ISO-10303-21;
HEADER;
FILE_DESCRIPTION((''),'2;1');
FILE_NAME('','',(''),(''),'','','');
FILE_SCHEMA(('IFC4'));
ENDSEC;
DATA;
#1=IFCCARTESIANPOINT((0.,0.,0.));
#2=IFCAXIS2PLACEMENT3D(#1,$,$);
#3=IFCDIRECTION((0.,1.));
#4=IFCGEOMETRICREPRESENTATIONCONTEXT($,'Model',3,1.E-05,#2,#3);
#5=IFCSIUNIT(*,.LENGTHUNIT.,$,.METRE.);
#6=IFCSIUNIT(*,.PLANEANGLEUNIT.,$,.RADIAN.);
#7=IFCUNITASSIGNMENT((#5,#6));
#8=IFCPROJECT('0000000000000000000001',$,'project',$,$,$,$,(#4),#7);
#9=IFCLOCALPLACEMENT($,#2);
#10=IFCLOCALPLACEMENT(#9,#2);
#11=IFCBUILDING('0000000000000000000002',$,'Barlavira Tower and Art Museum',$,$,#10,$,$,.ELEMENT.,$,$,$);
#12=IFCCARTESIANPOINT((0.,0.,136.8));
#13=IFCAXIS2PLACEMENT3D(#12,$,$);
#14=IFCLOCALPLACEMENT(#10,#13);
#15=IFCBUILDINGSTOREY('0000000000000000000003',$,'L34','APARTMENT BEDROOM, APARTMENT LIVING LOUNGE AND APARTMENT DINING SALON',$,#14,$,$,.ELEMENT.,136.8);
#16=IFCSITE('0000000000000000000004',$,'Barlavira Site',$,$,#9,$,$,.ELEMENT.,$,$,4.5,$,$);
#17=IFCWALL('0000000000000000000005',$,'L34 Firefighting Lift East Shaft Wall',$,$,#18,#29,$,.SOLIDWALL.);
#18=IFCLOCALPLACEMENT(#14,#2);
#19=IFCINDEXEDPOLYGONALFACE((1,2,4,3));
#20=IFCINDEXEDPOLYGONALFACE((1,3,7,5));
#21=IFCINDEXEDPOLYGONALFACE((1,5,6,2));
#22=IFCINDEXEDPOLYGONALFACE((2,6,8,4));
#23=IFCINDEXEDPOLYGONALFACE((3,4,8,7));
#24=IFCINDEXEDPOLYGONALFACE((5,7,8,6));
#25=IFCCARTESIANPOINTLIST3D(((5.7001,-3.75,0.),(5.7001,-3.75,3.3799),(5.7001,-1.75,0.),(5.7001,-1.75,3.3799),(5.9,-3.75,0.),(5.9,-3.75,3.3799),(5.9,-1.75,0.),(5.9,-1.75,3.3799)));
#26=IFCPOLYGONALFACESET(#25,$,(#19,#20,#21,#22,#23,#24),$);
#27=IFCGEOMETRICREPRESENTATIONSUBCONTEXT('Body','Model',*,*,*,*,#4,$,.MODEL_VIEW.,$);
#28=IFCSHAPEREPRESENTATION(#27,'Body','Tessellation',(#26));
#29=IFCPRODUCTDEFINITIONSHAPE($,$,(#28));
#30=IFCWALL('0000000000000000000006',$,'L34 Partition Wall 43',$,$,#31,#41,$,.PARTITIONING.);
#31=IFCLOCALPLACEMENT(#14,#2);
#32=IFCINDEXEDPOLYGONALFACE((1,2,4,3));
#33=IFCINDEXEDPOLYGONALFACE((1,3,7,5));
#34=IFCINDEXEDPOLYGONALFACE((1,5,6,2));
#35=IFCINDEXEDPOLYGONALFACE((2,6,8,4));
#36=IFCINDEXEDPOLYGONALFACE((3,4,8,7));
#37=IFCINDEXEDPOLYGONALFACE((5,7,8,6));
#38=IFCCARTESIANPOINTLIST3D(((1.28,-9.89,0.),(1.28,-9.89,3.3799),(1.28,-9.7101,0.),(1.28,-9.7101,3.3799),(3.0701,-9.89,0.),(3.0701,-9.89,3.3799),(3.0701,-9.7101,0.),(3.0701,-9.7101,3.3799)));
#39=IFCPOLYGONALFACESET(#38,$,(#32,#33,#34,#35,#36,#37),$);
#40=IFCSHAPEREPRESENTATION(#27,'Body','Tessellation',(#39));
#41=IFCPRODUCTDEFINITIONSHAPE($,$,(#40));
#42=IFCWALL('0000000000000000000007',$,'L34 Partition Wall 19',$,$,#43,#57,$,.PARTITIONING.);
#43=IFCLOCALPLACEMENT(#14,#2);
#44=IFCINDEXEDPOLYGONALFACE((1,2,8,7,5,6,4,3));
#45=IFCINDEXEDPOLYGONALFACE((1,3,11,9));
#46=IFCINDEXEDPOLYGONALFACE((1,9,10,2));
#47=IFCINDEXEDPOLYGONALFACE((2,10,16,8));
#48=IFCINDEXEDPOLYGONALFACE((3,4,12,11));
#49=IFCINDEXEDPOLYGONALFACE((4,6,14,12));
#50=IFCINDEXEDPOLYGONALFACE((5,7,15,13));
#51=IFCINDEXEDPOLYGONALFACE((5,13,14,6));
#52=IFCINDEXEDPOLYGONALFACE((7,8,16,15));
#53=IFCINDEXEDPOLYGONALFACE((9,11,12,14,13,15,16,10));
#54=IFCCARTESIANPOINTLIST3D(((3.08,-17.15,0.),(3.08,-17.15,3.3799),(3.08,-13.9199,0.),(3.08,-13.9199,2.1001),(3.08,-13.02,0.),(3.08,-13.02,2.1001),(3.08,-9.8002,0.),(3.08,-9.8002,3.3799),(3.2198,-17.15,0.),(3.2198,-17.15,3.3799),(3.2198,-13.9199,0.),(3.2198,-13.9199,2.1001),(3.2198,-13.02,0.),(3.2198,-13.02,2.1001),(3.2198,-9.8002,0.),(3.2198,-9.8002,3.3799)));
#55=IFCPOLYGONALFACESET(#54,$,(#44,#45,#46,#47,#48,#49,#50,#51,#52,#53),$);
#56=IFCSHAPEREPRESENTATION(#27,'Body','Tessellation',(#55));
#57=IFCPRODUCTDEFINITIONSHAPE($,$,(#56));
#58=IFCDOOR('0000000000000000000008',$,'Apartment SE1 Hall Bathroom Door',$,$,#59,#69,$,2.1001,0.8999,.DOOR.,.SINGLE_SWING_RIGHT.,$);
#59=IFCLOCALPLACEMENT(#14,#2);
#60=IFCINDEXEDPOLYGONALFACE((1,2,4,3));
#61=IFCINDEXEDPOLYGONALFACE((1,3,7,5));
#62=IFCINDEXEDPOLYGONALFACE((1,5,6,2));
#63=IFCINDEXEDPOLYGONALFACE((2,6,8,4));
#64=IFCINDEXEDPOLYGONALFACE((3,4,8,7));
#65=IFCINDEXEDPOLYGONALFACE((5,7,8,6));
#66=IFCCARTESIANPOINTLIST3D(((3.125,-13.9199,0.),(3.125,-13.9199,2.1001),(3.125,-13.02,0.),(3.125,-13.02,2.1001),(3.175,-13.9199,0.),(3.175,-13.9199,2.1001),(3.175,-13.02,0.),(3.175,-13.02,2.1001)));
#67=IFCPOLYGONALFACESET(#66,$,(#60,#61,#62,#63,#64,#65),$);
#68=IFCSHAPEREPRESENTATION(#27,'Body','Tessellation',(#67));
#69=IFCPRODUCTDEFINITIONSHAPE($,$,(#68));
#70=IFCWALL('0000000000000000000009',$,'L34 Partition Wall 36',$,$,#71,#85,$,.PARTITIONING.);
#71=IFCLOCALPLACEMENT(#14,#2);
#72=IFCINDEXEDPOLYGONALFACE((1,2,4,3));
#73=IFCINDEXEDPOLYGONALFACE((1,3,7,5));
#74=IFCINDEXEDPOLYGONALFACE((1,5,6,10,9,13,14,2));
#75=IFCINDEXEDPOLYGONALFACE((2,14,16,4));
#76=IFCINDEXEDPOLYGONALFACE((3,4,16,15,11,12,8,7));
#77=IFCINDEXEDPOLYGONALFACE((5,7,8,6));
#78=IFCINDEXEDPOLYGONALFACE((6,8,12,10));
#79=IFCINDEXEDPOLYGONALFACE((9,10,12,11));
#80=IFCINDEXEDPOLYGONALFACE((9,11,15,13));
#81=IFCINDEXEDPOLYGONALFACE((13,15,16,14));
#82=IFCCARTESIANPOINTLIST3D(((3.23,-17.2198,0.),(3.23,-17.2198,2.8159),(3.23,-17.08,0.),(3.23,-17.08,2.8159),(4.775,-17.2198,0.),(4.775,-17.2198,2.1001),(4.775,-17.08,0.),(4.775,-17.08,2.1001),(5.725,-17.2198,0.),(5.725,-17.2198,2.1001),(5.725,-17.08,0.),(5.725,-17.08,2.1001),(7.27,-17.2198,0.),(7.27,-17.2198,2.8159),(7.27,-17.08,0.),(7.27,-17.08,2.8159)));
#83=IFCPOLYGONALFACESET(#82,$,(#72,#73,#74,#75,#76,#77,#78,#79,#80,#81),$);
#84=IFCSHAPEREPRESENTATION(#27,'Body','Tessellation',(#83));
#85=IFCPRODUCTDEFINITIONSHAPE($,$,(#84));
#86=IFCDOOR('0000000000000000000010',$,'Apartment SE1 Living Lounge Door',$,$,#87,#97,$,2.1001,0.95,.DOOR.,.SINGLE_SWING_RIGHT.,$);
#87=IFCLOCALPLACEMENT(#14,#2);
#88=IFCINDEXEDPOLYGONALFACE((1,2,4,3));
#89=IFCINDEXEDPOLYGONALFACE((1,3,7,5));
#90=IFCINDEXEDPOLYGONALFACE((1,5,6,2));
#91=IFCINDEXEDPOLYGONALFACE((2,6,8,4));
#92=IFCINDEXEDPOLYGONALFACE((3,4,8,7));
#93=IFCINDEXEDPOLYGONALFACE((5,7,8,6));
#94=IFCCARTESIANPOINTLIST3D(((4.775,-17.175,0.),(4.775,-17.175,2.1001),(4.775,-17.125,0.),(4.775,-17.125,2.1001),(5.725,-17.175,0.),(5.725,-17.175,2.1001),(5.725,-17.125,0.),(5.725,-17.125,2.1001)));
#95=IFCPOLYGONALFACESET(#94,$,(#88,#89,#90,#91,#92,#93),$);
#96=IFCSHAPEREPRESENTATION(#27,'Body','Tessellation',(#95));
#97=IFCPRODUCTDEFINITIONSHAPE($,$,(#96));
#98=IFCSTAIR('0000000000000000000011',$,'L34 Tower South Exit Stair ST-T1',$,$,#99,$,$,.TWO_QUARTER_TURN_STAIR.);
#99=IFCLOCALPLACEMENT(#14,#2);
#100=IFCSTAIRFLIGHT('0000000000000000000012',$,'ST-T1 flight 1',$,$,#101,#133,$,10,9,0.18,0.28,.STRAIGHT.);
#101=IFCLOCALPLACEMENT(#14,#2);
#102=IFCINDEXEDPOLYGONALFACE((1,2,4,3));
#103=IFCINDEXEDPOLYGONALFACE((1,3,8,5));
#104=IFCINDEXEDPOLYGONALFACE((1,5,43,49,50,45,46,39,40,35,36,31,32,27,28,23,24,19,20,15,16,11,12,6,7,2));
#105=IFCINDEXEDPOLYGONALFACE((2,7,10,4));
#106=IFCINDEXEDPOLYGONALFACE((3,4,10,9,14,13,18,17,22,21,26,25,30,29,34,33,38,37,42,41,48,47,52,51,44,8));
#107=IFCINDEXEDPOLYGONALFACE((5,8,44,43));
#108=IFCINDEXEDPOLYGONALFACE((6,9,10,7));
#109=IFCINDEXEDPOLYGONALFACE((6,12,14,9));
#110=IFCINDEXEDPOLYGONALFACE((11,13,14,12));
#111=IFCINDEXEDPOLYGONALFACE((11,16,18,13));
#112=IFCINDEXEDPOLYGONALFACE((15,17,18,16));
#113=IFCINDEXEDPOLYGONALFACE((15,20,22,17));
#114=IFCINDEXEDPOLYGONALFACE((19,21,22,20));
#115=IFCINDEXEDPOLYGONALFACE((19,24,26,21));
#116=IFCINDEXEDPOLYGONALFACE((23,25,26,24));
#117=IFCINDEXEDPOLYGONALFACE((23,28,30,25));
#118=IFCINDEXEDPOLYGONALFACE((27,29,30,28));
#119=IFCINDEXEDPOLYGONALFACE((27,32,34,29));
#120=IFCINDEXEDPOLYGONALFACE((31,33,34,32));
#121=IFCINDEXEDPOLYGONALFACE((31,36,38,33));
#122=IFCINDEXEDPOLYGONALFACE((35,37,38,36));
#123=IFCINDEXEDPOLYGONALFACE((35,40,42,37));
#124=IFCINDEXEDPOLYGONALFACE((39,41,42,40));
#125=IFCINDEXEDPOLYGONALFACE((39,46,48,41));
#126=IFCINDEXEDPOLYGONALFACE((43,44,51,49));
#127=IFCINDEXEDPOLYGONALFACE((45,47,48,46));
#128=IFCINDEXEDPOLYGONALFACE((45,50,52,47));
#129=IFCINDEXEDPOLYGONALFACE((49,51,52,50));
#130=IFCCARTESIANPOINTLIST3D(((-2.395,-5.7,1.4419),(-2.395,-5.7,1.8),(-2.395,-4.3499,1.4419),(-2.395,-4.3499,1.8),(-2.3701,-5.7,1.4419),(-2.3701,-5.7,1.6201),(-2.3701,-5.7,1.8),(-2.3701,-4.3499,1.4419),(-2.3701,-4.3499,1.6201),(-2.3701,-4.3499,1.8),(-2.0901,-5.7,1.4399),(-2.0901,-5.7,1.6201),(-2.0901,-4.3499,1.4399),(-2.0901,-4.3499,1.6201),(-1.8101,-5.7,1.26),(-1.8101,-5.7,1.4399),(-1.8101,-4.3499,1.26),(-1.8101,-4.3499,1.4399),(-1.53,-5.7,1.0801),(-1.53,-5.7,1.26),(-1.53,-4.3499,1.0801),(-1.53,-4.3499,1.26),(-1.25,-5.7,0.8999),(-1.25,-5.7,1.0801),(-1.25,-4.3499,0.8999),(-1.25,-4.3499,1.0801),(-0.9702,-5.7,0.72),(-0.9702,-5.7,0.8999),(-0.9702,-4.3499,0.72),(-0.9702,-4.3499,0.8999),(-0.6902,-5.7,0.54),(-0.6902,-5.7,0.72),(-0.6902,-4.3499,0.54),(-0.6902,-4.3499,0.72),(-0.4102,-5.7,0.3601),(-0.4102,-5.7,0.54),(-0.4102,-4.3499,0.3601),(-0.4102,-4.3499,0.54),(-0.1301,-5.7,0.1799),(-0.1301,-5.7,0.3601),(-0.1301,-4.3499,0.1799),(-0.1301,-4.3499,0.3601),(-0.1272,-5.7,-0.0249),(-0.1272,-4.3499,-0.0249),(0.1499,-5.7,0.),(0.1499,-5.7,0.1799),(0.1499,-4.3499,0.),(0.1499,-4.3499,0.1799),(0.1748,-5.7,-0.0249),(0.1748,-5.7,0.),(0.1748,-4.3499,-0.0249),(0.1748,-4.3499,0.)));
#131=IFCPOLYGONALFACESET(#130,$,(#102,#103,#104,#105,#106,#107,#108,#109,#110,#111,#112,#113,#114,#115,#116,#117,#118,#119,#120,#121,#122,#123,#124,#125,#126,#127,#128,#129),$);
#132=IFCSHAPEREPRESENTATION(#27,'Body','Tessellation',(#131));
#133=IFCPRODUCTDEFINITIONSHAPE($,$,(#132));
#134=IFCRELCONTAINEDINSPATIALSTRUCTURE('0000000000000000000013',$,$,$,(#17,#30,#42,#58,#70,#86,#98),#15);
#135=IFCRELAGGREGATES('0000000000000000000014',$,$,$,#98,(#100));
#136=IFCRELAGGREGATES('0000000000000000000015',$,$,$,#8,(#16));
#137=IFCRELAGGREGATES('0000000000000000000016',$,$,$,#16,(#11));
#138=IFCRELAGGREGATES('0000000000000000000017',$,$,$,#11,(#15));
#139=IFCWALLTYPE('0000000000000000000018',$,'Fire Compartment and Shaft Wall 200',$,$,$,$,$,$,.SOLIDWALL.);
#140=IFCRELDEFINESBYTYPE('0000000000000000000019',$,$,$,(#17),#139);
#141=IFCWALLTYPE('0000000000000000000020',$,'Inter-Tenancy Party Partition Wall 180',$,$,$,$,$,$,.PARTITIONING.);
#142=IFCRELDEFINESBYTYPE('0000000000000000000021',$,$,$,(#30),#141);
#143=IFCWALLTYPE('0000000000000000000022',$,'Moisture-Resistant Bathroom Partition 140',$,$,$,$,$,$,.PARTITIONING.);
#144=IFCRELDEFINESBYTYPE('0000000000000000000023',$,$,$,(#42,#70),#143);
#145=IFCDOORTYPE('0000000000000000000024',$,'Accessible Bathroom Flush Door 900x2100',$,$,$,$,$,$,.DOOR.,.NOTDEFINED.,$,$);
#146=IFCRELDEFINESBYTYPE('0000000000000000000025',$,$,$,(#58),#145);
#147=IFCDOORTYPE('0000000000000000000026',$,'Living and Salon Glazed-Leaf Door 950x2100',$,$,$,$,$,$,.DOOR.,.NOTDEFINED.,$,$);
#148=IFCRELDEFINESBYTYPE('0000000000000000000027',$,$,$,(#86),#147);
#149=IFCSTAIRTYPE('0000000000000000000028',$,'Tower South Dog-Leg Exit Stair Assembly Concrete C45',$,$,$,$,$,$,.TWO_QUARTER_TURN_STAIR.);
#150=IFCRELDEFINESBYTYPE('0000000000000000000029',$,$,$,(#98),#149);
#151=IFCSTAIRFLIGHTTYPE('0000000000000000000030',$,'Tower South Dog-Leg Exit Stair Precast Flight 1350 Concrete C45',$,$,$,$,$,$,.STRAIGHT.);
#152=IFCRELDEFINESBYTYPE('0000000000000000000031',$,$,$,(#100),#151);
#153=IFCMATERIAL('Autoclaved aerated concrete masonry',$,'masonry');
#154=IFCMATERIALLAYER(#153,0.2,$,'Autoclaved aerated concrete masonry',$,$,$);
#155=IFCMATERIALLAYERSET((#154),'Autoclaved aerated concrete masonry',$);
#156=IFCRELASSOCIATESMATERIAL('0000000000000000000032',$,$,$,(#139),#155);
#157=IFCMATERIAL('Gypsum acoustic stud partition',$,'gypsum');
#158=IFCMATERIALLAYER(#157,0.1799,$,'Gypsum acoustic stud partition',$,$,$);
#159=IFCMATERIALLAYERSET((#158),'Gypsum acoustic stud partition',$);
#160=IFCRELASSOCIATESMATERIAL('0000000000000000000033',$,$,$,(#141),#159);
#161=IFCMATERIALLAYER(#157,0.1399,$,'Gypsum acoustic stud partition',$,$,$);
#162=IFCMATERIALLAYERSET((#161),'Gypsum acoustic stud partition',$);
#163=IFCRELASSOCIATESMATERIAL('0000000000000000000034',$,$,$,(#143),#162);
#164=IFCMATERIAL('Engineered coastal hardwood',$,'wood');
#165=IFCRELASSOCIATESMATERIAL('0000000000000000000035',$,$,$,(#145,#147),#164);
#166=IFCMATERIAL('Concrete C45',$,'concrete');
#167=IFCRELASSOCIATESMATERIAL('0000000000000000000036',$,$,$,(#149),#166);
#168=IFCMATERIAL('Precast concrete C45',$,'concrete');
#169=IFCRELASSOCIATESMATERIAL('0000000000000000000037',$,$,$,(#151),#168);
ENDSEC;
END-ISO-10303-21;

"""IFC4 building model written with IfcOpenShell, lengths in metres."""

from ifc_helpers import new_model, si_unit, direction, frame, frame_2d, origin, place, context, subcontext, project, spatial, polyline, rectangle, outline, extrude, material, layer, layer_set, type_object, element, fill, aggregate, save


model = new_model("IFC4")

# Units and contexts
model_context = context("Model", 3, precision=1e-05, world=origin(), true_north=direction((0.0, 1.0)))
body_context = subcontext(model_context, "Body", "Model", "MODEL_VIEW")
ifc_project = project(units=[si_unit("LENGTHUNIT", "METRE"), si_unit("PLANEANGLEUNIT", "RADIAN")], contexts=[model_context])

# Site, building, storey
site_placement = place(None, origin())
site = spatial("IfcSite", under=ifc_project, at=site_placement, Name="Barlavira Site", CompositionType="ELEMENT", RefElevation=4.5)
building_placement = place(site_placement, origin())
building = spatial("IfcBuilding", under=site, at=building_placement, Name="Barlavira Tower and Art Museum", CompositionType="ELEMENT")
storey_placement = place(building_placement, frame((0.0, 0.0, 136.8)))
storey = spatial("IfcBuildingStorey", under=building, at=storey_placement, Name="L34", Description="APARTMENT BEDROOM, APARTMENT LIVING LOUNGE AND APARTMENT DINING SALON", CompositionType="ELEMENT", Elevation=136.8)

# Shared definitions
ifc_material_1 = material(Name="Autoclaved aerated concrete masonry", Category="masonry")
ifc_layer_1 = layer(ifc_material_1, 0.2, Name="Autoclaved aerated concrete masonry")
ifc_layer_set_1 = layer_set([ifc_layer_1], Name="Autoclaved aerated concrete masonry")
wall_type_1 = type_object("IfcWallType", Name="Fire Compartment and Shaft Wall 200", PredefinedType="SOLIDWALL", material=ifc_layer_set_1)

# Walls
for number, where, z_axis, x_axis, name in (
    (1, (5.8, -3.75, 0.0), (0.0, 0.0, 1.0), (0.0, 1.0, 0.0), "L34 Firefighting Lift East Shaft Wall"),
):
    element("IfcWall", number, at=place(storey_placement, frame(where, z_axis=z_axis, x_axis=x_axis)), inside=storey, type_object=wall_type_1, Name=name, PredefinedType="SOLIDWALL", context=body_context, shape_type="SweptSolid", body=[
        extrude(rectangle(XDim=2.0, YDim=0.2, at=frame_2d((1.0, 0.0))), origin(), (0.0, 0.0, 1.0), 3.3799),
    ])
ifc_material_2 = material(Name="Gypsum acoustic stud partition", Category="gypsum")
ifc_layer_2 = layer(ifc_material_2, 0.1799, Name="Gypsum acoustic stud partition")
ifc_layer_set_2 = layer_set([ifc_layer_2], Name="Gypsum acoustic stud partition")
wall_type_2 = type_object("IfcWallType", Name="Inter-Tenancy Party Partition Wall 180", PredefinedType="PARTITIONING", material=ifc_layer_set_2)
wall_1_placement = place(storey_placement, frame((1.28, -9.8, 0.0), z_axis=(0.0, 0.0, 1.0), x_axis=(1.0, 0.0, 0.0)))
element("IfcWall", 2, at=wall_1_placement, inside=storey, type_object=wall_type_2, Name="L34 Partition Wall 43", PredefinedType="PARTITIONING", context=body_context, shape_type="SweptSolid", body=[
    extrude(rectangle(XDim=1.79, YDim=0.1799, at=frame_2d((0.895, 0.0))), origin(), (0.0, 0.0, 1.0), 3.3799),
])

# Walls, openings, doors
ifc_layer_3 = layer(ifc_material_2, 0.1399, Name="Gypsum acoustic stud partition")
ifc_layer_set_3 = layer_set([ifc_layer_3], Name="Gypsum acoustic stud partition")
wall_type_3 = type_object("IfcWallType", Name="Moisture-Resistant Bathroom Partition 140", PredefinedType="PARTITIONING", material=ifc_layer_set_3)
wall_2_placement = place(storey_placement, frame((3.1499, -17.1499, 0.0), z_axis=(0.0, 0.0, 1.0), x_axis=(0.0, 1.0, 0.0)))
wall_2 = element("IfcWall", 3, at=wall_2_placement, inside=storey, type_object=wall_type_3, Name="L34 Partition Wall 19", PredefinedType="PARTITIONING", context=body_context, shape_type="SweptSolid", body=[
    extrude(rectangle(XDim=7.3499, YDim=0.1399, at=frame_2d((3.6748, 0.0))), origin(), (0.0, 0.0, 1.0), 3.3799),
])
opening_1_placement = place(wall_2_placement, frame((3.23, 0.0, 0.0)))
opening_1 = element("IfcOpeningElement", 4, at=opening_1_placement, cuts=wall_2, PredefinedType="OPENING", context=body_context, shape_type="SweptSolid", body=[
    extrude(rectangle(XDim=0.8999, YDim=2.1001, at=frame_2d((0.45, 1.05))), frame((0.0, 0.0801, 0.0), z_axis=(0.0, -1.0, 0.0), x_axis=(1.0, 0.0, 0.0)), (0.0, 0.0, 1.0), 0.1599),
])
ifc_material_3 = material(Name="Engineered coastal hardwood", Category="wood")
door_type_1 = type_object("IfcDoorType", Name="Accessible Bathroom Flush Door 900x2100", OperationType="NOTDEFINED", PredefinedType="DOOR", material=ifc_material_3)
door_1_placement = place(opening_1_placement, origin())
door_1 = element("IfcDoor", 5, at=door_1_placement, inside=storey, type_object=door_type_1, Name="Apartment SE1 Hall Bathroom Door", OperationType="SINGLE_SWING_RIGHT", OverallHeight=2.1001, OverallWidth=0.8999, PredefinedType="DOOR", context=body_context, shape_type="SweptSolid", body=[
    extrude(rectangle(XDim=0.8999, YDim=2.1001, at=frame_2d((0.45, 1.05))), frame((0.0, 0.0249, 0.0), z_axis=(0.0, -1.0, 0.0), x_axis=(1.0, 0.0, 0.0)), (0.0, 0.0, 1.0), 0.05),
])
fill(opening_1, door_1)
wall_3_placement = place(storey_placement, frame((3.23, -17.1499, 0.0), z_axis=(0.0, 0.0, 1.0), x_axis=(1.0, 0.0, 0.0)))
wall_3 = element("IfcWall", 6, at=wall_3_placement, inside=storey, type_object=wall_type_3, Name="L34 Partition Wall 36", PredefinedType="PARTITIONING", context=body_context, shape_type="SweptSolid", body=[
    extrude(rectangle(XDim=4.04, YDim=0.1399, at=frame_2d((2.02, 0.0))), origin(), (0.0, 0.0, 1.0), 2.8159),
])
opening_2_placement = place(wall_3_placement, frame((1.5449, 0.0, 0.0)))
opening_2 = element("IfcOpeningElement", 7, at=opening_2_placement, cuts=wall_3, PredefinedType="OPENING", context=body_context, shape_type="SweptSolid", body=[
    extrude(rectangle(XDim=0.95, YDim=2.1001, at=frame_2d((0.4751, 1.05))), frame((0.0, 0.0801, 0.0), z_axis=(0.0, -1.0, 0.0), x_axis=(1.0, 0.0, 0.0)), (0.0, 0.0, 1.0), 0.1599),
])
door_type_2 = type_object("IfcDoorType", Name="Living and Salon Glazed-Leaf Door 950x2100", OperationType="NOTDEFINED", PredefinedType="DOOR", material=ifc_material_3)
door_2_placement = place(opening_2_placement, origin())
door_2 = element("IfcDoor", 8, at=door_2_placement, inside=storey, type_object=door_type_2, Name="Apartment SE1 Living Lounge Door", OperationType="SINGLE_SWING_RIGHT", OverallHeight=2.1001, OverallWidth=0.95, PredefinedType="DOOR", context=body_context, shape_type="SweptSolid", body=[
    extrude(rectangle(XDim=0.95, YDim=2.1001, at=frame_2d((0.4751, 1.05))), frame((0.0, 0.0249, 0.0), z_axis=(0.0, -1.0, 0.0), x_axis=(1.0, 0.0, 0.0)), (0.0, 0.0, 1.0), 0.05),
])
fill(opening_2, door_2)

# Stair, stair flight
ifc_material_4 = material(Name="Concrete C45", Category="concrete")
stair_type = type_object("IfcStairType", Name="Tower South Dog-Leg Exit Stair Assembly Concrete C45", PredefinedType="TWO_QUARTER_TURN_STAIR", material=ifc_material_4)
stair_placement = place(storey_placement, origin())
stair = element("IfcStair", 9, at=stair_placement, inside=storey, type_object=stair_type, Name="L34 Tower South Exit Stair ST-T1", PredefinedType="TWO_QUARTER_TURN_STAIR")
ifc_material_5 = material(Name="Precast concrete C45", Category="concrete")
stair_flight_type = type_object("IfcStairFlightType", Name="Tower South Dog-Leg Exit Stair Precast Flight 1350 Concrete C45", PredefinedType="STRAIGHT", material=ifc_material_5)
stair_flight_placement = place(storey_placement, frame((0.1499, -5.0249, 0.0), z_axis=(0.0, 0.0, 1.0), x_axis=(-1.0, 0.0, 0.0)))
stair_flight = element("IfcStairFlight", 10, at=stair_flight_placement, type_object=stair_flight_type, Name="ST-T1 flight 1", NumberOfRisers=10, NumberOfTreads=9, PredefinedType="STRAIGHT", RiserHeight=0.18, TreadLength=0.28, context=body_context, shape_type="SweptSolid", body=[
    extrude(outline(polyline([(-0.0249, 0.0), (0.0, 0.0), (0.0, 0.1799), (0.28, 0.1799), (0.28, 0.3601), (0.5601, 0.3601), (0.5601, 0.54), (0.8401, 0.54), (0.8401, 0.72), (1.1201, 0.72), (1.1201, 0.8999), (1.3999, 0.8999), (1.3999, 1.0801), (1.6799, 1.0801), (1.6799, 1.26), (1.96, 1.26), (1.96, 1.4399), (2.24, 1.4399), (2.24, 1.6201), (2.52, 1.6201), (2.52, 1.8), (2.5449, 1.8), (2.5449, 1.4419), (2.52, 1.4419), (0.2771, -0.0249), (-0.0249, -0.0249), (-0.0249, 0.0)])), frame((0.0, 0.675, 0.0), z_axis=(0.0, -1.0, 0.0), x_axis=(1.0, 0.0, 0.0)), (0.0, 0.0, 1.0), 1.3501),
])
aggregate(stair, [stair_flight])

save(model, "model.ifc")
